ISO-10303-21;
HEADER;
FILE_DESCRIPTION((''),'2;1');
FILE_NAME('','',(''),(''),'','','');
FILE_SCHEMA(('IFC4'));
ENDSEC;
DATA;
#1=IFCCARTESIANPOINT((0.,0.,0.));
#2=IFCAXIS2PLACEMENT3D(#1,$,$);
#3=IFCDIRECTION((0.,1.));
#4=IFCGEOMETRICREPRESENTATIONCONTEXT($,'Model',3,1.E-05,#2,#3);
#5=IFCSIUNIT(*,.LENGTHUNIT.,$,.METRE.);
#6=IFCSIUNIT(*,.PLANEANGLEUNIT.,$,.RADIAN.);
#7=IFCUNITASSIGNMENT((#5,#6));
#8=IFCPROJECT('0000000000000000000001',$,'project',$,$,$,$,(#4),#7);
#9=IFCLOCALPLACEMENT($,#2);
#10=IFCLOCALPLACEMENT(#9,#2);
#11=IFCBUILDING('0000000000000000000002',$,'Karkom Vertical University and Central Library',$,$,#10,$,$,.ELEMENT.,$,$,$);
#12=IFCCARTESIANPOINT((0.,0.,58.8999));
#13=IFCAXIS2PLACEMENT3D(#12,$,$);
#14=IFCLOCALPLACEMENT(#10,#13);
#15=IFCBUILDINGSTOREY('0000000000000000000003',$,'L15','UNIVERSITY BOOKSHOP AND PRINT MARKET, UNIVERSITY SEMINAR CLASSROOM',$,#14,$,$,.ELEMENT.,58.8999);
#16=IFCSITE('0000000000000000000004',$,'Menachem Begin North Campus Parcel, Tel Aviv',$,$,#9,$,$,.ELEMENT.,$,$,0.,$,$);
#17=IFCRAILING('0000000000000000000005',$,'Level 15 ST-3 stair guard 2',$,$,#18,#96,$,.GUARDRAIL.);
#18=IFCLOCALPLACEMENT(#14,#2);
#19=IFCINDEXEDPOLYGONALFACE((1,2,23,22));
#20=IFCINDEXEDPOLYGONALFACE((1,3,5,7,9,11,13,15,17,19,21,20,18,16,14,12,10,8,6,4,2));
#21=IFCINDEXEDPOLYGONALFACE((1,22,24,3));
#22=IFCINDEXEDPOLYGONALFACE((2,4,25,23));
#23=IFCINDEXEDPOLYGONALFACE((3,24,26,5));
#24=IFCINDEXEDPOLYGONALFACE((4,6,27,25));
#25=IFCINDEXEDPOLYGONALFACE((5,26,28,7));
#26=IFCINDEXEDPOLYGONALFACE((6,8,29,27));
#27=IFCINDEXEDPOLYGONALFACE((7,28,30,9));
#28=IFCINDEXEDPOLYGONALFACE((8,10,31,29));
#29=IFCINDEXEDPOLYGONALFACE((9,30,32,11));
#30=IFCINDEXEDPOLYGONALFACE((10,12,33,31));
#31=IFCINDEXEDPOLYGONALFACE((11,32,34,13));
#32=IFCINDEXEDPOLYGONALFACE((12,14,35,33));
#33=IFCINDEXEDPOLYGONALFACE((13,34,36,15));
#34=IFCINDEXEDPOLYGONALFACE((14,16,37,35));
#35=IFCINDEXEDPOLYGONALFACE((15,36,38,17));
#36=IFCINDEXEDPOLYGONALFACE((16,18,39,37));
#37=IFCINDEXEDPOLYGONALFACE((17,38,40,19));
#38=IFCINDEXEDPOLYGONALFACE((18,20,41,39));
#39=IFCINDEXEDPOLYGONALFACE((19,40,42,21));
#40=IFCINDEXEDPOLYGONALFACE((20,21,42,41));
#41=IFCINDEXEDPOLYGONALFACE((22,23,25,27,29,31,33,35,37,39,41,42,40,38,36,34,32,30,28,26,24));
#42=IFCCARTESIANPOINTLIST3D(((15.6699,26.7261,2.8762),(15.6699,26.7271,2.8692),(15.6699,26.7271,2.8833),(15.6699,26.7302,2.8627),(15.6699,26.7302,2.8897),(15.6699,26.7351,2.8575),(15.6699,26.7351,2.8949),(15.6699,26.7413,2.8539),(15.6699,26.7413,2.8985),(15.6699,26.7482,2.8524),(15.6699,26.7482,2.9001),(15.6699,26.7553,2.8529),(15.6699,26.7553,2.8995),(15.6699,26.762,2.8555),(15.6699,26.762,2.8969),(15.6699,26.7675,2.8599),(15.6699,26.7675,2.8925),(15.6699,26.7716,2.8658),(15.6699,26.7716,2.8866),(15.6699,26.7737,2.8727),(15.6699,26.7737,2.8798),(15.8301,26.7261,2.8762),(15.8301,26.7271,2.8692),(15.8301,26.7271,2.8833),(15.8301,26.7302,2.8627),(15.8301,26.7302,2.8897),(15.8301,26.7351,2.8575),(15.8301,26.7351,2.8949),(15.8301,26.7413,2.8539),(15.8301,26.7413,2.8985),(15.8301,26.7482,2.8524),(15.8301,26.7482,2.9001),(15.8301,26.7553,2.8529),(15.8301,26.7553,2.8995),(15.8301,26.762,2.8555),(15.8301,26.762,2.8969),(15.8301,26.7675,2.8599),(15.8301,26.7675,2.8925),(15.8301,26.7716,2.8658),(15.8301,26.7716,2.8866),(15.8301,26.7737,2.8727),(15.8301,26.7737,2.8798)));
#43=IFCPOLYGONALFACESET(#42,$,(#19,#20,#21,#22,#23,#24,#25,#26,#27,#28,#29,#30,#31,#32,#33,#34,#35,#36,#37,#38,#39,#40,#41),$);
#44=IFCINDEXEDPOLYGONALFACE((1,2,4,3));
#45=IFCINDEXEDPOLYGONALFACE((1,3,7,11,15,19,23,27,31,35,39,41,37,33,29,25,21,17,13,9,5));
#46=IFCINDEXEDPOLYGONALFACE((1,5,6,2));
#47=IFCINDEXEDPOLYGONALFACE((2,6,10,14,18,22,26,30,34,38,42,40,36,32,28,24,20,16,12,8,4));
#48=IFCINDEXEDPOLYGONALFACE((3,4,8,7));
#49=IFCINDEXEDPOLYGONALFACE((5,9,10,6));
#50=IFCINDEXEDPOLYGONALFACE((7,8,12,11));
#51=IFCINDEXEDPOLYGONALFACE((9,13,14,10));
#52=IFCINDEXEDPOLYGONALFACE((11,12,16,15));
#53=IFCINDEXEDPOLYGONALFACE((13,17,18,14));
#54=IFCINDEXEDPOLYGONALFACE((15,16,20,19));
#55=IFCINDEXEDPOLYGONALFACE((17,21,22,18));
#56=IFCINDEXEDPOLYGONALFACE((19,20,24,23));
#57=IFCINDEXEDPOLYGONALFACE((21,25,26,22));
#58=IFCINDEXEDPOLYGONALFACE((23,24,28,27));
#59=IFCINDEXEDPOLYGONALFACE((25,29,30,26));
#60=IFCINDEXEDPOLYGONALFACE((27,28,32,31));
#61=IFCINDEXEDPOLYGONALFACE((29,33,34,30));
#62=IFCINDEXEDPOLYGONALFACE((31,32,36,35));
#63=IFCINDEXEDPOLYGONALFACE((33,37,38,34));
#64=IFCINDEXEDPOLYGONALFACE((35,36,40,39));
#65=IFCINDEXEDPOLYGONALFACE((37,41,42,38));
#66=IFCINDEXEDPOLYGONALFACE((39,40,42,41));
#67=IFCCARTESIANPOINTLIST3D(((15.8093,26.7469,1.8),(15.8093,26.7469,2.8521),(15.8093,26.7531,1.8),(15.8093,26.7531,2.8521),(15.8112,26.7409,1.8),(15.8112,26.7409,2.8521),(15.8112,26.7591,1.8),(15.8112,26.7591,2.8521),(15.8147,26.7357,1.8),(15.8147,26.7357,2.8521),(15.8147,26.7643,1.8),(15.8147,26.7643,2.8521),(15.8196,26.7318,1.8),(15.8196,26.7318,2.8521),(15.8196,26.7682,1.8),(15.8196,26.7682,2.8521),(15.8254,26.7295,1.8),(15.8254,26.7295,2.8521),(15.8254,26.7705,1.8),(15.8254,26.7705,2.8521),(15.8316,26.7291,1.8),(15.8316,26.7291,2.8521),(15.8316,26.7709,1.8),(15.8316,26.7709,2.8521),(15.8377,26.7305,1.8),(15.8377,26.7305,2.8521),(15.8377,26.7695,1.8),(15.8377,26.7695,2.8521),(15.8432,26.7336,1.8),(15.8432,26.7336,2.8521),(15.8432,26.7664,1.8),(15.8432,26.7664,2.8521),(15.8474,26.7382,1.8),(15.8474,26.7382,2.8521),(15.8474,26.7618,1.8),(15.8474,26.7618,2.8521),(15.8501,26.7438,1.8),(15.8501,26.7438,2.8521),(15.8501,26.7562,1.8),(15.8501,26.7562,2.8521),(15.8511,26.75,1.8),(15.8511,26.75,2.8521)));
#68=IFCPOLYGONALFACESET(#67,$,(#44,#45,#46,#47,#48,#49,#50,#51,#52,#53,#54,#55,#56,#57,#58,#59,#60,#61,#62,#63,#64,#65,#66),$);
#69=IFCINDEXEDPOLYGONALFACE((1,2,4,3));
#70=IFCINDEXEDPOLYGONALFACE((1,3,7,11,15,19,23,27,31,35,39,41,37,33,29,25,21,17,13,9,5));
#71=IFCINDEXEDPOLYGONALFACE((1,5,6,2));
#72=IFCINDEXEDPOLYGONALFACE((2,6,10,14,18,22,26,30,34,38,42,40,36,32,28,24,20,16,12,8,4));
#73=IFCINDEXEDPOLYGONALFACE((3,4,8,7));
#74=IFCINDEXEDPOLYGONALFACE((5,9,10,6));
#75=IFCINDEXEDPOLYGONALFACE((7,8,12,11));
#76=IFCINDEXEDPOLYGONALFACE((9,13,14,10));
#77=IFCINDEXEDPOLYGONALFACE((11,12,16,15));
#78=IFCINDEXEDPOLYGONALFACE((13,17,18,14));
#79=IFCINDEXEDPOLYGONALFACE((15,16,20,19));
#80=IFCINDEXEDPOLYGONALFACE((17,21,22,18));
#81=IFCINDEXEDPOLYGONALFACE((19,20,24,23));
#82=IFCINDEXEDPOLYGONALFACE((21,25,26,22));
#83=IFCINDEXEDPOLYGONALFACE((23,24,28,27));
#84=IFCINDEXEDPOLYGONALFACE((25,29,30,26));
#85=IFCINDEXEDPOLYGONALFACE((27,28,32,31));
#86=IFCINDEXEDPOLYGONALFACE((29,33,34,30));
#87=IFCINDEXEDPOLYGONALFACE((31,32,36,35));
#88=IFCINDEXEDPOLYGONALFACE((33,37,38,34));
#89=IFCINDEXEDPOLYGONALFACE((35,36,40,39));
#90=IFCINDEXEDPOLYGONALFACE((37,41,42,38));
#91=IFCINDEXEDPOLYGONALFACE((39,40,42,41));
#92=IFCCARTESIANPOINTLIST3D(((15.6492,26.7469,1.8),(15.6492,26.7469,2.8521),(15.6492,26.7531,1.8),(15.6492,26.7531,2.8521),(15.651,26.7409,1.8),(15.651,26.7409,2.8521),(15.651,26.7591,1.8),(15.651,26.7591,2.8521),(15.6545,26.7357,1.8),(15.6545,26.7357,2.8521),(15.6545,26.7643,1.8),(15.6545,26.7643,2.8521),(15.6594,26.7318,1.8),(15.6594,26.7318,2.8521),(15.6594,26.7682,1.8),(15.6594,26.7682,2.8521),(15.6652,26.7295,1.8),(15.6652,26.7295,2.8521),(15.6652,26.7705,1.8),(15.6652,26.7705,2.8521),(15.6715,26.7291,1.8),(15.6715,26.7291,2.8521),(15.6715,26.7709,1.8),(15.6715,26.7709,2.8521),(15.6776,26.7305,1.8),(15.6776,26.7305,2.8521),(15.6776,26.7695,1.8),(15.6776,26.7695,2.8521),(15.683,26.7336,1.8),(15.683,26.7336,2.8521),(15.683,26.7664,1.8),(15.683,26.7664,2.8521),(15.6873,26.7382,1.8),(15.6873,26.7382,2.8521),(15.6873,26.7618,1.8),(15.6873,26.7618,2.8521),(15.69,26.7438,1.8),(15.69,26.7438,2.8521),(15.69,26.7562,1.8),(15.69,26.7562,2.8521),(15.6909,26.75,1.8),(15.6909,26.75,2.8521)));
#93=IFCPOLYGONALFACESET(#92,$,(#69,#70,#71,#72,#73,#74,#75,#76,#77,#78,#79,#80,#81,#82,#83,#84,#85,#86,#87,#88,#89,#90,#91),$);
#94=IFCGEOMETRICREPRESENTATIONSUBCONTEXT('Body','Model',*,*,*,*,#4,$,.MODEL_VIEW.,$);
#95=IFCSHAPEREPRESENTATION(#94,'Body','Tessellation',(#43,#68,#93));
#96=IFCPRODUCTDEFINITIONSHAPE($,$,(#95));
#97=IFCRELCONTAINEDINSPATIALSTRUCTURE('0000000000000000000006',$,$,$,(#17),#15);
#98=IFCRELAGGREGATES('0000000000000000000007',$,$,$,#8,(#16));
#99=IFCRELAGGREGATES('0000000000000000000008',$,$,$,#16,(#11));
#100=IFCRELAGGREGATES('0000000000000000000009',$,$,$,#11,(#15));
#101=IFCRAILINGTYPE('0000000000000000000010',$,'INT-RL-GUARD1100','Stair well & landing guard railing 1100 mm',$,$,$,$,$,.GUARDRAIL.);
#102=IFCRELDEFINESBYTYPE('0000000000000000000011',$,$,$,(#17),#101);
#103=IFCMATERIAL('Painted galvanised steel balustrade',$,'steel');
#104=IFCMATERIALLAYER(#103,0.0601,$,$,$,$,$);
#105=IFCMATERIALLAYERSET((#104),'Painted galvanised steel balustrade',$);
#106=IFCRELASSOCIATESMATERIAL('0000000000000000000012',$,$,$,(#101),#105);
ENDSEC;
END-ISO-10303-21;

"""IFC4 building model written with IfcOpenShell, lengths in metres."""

from ifc_helpers import new_model, si_unit, direction, frame, origin, origin_2d, place, context, subcontext, project, spatial, circle, extrude, material, layer, layer_set, type_object, element, save


model = new_model("IFC4")

# Units and contexts
model_context = context("Model", 3, precision=1e-05, world=origin(), true_north=direction((0.0, 1.0)))
body_context = subcontext(model_context, "Body", "Model", "MODEL_VIEW")
ifc_project = project(units=[si_unit("LENGTHUNIT", "METRE"), si_unit("PLANEANGLEUNIT", "RADIAN")], contexts=[model_context])

# Site, building, storey
site_placement = place(None, origin())
site = spatial("IfcSite", under=ifc_project, at=site_placement, Name="Menachem Begin North Campus Parcel, Tel Aviv", CompositionType="ELEMENT", RefElevation=0.0)
building_placement = place(site_placement, origin())
building = spatial("IfcBuilding", under=site, at=building_placement, Name="Karkom Vertical University and Central Library", CompositionType="ELEMENT")
storey_placement = place(building_placement, frame((0.0, 0.0, 58.8999)))
storey = spatial("IfcBuildingStorey", under=building, at=storey_placement, Name="L15", Description="UNIVERSITY BOOKSHOP AND PRINT MARKET, UNIVERSITY SEMINAR CLASSROOM", CompositionType="ELEMENT", Elevation=58.8999)

# Railing
ifc_material_1 = material(Name="Painted galvanised steel balustrade", Category="steel")
ifc_layer_1 = layer(ifc_material_1, 0.0601)
ifc_layer_set_1 = layer_set([ifc_layer_1], Name="Painted galvanised steel balustrade")
railing_type_1 = type_object("IfcRailingType", Name="INT-RL-GUARD1100", Description="Stair well & landing guard railing 1100 mm", PredefinedType="GUARDRAIL", material=ifc_layer_set_1)
railing_1_placement = place(storey_placement, frame((15.8301, 26.75, 1.8)))
element("IfcRailing", 1, at=railing_1_placement, inside=storey, type_object=railing_type_1, Name="Level 15 ST-3 stair guard 2", PredefinedType="GUARDRAIL", context=body_context, shape_type="SweptSolid", body=[
    extrude(circle(Radius=0.0239, at=origin_2d()), frame((0.0, 0.0, 1.0762), z_axis=(-1.0, 0.0, 0.0), x_axis=(0.0, -1.0, 0.0)), (0.0, 0.0, 1.0), 0.1602),
    extrude(circle(Radius=0.021, at=origin_2d()), origin(), (0.0, 0.0, 1.0), 1.052),
    extrude(circle(Radius=0.021, at=origin_2d()), frame((-0.1602, 0.0, 0.0)), (0.0, 0.0, 1.0), 1.052),
])

save(model, "model.ifc")
